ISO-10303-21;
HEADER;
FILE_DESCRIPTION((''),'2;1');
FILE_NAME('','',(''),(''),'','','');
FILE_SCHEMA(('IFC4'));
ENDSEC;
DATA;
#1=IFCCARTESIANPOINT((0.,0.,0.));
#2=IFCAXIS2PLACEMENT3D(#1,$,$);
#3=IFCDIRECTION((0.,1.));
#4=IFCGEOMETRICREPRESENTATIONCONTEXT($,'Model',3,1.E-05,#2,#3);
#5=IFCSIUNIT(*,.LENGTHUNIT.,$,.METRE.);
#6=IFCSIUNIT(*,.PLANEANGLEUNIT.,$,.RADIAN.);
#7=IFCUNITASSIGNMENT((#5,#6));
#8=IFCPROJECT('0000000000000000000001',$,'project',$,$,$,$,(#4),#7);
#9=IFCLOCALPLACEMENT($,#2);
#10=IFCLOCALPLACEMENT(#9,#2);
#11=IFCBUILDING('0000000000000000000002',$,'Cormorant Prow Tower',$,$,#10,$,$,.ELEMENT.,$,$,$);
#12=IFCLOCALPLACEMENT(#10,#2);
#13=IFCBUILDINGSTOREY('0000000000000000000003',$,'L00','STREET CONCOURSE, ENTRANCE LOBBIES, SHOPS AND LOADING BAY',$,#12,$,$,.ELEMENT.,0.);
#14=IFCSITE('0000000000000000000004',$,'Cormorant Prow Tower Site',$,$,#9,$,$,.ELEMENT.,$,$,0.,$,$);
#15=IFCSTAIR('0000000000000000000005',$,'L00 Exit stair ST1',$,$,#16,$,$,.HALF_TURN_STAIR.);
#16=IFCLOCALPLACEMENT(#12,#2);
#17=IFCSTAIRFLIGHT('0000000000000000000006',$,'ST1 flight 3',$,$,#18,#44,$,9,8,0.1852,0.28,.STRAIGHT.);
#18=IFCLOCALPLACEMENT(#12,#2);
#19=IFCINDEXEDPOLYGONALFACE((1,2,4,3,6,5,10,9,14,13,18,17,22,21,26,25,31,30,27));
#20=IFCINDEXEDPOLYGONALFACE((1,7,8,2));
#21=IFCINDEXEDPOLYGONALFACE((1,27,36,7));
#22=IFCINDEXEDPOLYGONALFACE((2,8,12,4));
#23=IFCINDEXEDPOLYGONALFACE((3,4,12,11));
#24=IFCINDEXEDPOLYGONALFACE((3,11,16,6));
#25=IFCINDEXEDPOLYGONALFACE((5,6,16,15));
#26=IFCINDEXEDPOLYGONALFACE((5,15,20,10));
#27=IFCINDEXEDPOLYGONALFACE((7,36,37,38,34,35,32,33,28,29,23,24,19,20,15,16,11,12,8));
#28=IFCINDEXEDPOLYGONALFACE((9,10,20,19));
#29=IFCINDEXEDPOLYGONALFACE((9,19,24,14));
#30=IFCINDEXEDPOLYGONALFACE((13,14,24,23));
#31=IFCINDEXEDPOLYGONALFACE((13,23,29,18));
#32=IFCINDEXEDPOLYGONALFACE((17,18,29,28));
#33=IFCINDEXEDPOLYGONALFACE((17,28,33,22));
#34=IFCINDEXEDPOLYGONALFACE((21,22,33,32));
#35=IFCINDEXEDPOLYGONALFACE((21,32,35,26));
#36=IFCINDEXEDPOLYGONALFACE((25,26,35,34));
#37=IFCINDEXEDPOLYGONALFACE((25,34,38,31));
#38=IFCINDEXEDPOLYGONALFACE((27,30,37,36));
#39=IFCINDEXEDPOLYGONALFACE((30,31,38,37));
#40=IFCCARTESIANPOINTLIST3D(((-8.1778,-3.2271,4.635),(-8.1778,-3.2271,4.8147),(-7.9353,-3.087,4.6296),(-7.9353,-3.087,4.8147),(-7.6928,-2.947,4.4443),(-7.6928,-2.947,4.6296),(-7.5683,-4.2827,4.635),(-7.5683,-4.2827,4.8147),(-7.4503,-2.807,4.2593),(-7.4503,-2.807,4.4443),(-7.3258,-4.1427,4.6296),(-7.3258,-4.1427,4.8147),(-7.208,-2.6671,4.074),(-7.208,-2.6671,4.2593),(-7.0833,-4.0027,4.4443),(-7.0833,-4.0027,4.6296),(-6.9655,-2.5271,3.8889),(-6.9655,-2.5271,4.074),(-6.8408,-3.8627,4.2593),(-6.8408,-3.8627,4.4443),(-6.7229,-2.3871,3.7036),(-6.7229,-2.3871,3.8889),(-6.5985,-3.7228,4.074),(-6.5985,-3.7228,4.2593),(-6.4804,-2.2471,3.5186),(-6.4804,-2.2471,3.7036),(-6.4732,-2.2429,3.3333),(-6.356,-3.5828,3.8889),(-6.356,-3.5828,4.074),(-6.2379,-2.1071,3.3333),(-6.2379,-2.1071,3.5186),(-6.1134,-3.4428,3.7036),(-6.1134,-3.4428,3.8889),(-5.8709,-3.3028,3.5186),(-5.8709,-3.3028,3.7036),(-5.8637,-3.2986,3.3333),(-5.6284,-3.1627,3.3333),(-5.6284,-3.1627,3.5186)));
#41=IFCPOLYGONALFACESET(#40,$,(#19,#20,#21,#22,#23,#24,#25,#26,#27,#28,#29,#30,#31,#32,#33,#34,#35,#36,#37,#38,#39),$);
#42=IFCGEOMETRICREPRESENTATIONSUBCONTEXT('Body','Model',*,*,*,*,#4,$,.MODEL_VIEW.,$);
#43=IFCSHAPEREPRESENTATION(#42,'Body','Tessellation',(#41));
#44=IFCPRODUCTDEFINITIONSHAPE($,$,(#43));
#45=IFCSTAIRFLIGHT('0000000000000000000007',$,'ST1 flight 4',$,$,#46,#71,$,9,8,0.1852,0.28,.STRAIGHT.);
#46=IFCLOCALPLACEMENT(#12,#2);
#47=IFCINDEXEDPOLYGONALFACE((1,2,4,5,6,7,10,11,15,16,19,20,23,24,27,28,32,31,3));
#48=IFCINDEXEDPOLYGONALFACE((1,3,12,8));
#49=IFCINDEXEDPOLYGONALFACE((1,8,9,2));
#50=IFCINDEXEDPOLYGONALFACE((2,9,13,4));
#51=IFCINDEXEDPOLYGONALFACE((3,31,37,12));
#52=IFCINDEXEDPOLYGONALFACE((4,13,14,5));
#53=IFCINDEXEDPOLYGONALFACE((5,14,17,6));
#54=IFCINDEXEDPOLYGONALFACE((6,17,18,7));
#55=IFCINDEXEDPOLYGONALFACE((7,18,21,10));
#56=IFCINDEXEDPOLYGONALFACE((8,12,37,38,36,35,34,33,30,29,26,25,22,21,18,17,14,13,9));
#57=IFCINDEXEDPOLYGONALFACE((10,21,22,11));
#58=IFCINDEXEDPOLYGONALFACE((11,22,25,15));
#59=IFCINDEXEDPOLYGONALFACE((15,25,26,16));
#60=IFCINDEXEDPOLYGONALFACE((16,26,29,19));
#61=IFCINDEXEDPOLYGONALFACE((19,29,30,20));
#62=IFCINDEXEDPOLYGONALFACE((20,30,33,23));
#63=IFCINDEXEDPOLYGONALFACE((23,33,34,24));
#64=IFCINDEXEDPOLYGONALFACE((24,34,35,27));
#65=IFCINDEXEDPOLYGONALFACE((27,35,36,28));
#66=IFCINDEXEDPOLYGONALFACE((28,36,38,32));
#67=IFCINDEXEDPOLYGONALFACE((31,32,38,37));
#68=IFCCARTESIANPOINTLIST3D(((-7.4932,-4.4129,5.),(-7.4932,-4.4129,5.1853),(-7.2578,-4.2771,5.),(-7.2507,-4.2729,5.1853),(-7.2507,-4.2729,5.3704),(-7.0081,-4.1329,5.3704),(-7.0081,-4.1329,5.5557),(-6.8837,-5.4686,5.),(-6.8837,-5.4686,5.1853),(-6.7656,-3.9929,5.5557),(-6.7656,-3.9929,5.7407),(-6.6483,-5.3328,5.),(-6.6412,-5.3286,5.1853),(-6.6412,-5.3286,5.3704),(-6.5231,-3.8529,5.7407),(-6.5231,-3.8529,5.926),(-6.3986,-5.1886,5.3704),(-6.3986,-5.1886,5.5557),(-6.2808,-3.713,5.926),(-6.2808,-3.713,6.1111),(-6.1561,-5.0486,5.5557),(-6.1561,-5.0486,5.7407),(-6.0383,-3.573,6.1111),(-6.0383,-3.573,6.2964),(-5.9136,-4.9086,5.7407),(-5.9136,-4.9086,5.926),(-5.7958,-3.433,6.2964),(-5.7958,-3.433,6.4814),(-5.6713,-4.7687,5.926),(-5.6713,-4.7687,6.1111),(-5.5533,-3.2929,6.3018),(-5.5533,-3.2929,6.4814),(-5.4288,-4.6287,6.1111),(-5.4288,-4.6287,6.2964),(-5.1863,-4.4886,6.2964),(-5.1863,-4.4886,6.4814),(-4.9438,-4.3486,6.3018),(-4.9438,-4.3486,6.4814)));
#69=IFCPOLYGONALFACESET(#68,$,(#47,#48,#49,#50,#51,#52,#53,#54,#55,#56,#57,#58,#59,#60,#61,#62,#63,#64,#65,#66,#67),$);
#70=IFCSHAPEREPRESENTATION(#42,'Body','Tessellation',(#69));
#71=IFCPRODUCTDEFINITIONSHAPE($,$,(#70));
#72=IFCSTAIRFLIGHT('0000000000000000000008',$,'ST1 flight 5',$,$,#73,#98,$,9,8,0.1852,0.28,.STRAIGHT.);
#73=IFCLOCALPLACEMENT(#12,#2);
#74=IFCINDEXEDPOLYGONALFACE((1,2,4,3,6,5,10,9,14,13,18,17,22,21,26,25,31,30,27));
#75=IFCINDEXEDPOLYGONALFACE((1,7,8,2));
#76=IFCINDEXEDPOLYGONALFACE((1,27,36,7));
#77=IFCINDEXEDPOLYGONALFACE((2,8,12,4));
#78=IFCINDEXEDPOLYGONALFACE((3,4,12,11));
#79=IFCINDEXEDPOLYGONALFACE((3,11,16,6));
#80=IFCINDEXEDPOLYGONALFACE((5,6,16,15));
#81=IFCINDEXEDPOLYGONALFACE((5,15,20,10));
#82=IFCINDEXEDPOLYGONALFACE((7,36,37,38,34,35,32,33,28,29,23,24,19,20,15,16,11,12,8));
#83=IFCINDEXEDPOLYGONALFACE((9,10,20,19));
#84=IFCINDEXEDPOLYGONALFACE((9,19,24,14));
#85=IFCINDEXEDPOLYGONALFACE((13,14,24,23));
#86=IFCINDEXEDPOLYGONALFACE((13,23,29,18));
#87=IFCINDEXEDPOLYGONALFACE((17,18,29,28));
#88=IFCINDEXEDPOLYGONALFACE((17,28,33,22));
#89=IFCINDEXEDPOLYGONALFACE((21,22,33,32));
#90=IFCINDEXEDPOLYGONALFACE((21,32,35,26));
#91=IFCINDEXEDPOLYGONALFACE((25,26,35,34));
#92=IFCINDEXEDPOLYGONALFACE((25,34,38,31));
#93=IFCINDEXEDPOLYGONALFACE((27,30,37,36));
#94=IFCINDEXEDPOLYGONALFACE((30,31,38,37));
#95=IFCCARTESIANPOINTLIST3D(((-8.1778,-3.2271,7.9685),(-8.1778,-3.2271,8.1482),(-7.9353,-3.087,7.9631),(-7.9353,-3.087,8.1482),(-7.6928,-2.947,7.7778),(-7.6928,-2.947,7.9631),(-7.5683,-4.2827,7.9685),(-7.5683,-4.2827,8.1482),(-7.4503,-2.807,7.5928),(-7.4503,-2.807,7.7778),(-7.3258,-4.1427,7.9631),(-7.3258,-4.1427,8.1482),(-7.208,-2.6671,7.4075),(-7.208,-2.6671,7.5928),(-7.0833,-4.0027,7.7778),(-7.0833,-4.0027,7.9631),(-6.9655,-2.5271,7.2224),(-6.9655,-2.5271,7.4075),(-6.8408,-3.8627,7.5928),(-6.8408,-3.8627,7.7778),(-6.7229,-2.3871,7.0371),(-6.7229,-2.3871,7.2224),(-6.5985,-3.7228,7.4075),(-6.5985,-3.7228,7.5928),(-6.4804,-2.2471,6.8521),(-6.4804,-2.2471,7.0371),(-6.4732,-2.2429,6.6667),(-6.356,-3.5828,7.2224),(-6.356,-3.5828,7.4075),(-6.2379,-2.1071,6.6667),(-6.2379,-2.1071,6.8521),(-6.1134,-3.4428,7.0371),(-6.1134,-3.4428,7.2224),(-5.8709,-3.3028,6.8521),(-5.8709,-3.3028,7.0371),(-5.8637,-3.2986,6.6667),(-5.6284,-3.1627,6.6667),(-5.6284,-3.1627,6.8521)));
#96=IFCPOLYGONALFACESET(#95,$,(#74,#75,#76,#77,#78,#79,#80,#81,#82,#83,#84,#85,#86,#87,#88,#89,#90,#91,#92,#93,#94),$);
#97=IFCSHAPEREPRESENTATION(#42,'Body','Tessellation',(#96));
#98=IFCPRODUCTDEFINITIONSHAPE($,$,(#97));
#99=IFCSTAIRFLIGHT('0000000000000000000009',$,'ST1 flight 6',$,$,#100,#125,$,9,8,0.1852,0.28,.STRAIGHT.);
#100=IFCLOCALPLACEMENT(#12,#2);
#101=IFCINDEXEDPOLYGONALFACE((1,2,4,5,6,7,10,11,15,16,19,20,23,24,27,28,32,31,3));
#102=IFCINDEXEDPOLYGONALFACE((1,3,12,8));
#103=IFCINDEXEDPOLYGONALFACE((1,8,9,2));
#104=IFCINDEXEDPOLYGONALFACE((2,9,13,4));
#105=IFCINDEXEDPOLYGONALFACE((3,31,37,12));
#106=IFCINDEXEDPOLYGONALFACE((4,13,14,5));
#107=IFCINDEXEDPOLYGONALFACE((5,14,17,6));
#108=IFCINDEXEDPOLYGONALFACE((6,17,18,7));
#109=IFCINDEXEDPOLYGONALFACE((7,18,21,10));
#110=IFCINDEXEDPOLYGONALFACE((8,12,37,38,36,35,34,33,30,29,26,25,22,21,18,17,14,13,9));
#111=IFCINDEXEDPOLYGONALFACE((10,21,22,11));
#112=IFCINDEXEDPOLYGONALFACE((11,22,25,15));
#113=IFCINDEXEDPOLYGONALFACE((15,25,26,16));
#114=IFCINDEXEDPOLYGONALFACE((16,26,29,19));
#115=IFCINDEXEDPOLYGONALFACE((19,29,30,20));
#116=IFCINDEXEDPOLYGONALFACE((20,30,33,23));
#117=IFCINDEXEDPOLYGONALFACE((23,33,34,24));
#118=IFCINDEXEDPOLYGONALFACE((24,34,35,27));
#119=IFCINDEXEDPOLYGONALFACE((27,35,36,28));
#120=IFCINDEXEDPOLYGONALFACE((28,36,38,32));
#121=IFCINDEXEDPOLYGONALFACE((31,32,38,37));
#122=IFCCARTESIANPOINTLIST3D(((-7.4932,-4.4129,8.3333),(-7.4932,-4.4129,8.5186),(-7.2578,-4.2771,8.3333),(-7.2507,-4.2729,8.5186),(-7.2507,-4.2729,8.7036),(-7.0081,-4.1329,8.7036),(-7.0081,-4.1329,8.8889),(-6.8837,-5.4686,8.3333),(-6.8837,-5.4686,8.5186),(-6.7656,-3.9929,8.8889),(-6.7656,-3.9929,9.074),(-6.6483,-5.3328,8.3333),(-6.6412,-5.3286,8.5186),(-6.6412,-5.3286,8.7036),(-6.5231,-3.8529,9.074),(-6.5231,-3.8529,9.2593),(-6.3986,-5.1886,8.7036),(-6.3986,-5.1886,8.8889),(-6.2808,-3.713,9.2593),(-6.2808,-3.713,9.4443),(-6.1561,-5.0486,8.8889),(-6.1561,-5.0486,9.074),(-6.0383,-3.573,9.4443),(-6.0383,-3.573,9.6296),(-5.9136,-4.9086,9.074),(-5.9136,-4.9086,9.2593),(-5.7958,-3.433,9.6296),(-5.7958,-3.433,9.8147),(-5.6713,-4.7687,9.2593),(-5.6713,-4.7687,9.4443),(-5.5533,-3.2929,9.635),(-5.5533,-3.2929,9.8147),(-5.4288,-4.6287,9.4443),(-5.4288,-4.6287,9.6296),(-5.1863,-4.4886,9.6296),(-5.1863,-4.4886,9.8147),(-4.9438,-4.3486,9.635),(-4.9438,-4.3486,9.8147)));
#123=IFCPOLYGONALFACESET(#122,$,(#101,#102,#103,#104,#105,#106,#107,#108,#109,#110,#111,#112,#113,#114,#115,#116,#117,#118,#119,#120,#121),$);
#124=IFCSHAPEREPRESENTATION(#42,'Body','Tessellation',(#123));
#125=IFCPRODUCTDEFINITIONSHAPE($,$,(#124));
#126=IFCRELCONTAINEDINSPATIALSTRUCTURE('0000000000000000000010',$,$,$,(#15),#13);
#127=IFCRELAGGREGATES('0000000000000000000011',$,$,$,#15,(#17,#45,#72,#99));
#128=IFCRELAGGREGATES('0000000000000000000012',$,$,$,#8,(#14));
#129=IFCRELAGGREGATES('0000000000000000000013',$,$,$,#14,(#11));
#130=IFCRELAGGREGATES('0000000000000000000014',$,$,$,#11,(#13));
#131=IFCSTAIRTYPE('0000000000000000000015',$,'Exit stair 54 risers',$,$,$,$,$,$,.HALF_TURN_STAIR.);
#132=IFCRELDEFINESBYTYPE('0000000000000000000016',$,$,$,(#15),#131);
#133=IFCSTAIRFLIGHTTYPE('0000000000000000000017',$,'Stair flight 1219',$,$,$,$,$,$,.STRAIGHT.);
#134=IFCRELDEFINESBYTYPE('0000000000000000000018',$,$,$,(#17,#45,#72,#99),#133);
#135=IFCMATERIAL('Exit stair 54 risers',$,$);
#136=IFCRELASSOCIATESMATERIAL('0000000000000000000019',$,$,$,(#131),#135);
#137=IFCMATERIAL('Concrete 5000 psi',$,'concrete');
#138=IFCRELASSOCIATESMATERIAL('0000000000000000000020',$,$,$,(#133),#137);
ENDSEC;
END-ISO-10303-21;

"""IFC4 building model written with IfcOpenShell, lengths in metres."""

from ifc_helpers import new_model, si_unit, direction, frame, origin, place, context, subcontext, project, spatial, polyline, outline, extrude, material, type_object, element, aggregate, save


model = new_model("IFC4")

# Units and contexts
model_context = context("Model", 3, precision=1e-05, world=origin(), true_north=direction((0.0, 1.0)))
body_context = subcontext(model_context, "Body", "Model", "MODEL_VIEW")
ifc_project = project(units=[si_unit("LENGTHUNIT", "METRE"), si_unit("PLANEANGLEUNIT", "RADIAN")], contexts=[model_context])

# Site, building, storey
site_placement = place(None, origin())
site = spatial("IfcSite", under=ifc_project, at=site_placement, Name="Cormorant Prow Tower Site", CompositionType="ELEMENT", RefElevation=0.0)
building_placement = place(site_placement, origin())
building = spatial("IfcBuilding", under=site, at=building_placement, Name="Cormorant Prow Tower", CompositionType="ELEMENT")
storey_placement = place(building_placement, origin())
storey = spatial("IfcBuildingStorey", under=building, at=storey_placement, Name="L00", Description="STREET CONCOURSE, ENTRANCE LOBBIES, SHOPS AND LOADING BAY", CompositionType="ELEMENT", Elevation=0.0)

# Stair, stair flights
ifc_material_1 = material(Name="Exit stair 54 risers")
stair_type = type_object("IfcStairType", Name="Exit stair 54 risers", PredefinedType="HALF_TURN_STAIR", material=ifc_material_1)
stair_placement = place(storey_placement, origin())
stair = element("IfcStair", 1, at=stair_placement, inside=storey, type_object=stair_type, Name="L00 Exit stair ST1", PredefinedType="HALF_TURN_STAIR")
ifc_material_2 = material(Name="Concrete 5000 psi", Category="concrete")
stair_flight_type = type_object("IfcStairFlightType", Name="Stair flight 1219", PredefinedType="STRAIGHT", material=ifc_material_2)
stair_flight_1_placement = place(storey_placement, frame((-5.9331, -2.635, 3.3333), z_axis=(0.0, 0.0, 1.0), x_axis=(-0.866025, -0.5, 0.0)))
stair_flight_1 = element("IfcStairFlight", 2, at=stair_flight_1_placement, type_object=stair_flight_type, Name="ST1 flight 3", NumberOfRisers=9, NumberOfTreads=8, PredefinedType="STRAIGHT", RiserHeight=0.1852, TreadLength=0.28, context=body_context, shape_type="SweptSolid", body=[
    extrude(outline(polyline([(0.0, 0.0), (0.0, 0.1853), (0.28, 0.1853), (0.28, 0.3704), (0.5601, 0.3704), (0.5601, 0.5557), (0.8401, 0.5557), (0.8401, 0.7407), (1.1201, 0.7407), (1.1201, 0.926), (1.3999, 0.926), (1.3999, 1.1111), (1.6799, 1.1111), (1.6799, 1.2964), (1.96, 1.2964), (1.96, 1.4814), (2.24, 1.4814), (2.24, 1.6667), (2.24, 1.3018), (0.2717, 0.0), (0.0, 0.0)])), frame((0.0, 0.6094, 0.0), z_axis=(0.0, -1.0, 0.0), x_axis=(1.0, 0.0, 0.0)), (0.0, 0.0, 1.0), 1.219),
])
stair_flight_2_placement = place(storey_placement, frame((-7.1885, -4.9407, 5.0), z_axis=(0.0, 0.0, 1.0), x_axis=(0.866025, 0.5, 0.0)))
stair_flight_2 = element("IfcStairFlight", 3, at=stair_flight_2_placement, type_object=stair_flight_type, Name="ST1 flight 4", NumberOfRisers=9, NumberOfTreads=8, PredefinedType="STRAIGHT", RiserHeight=0.1852, TreadLength=0.28, context=body_context, shape_type="SweptSolid", body=[
    extrude(outline(polyline([(0.0, 0.0), (0.0, 0.1853), (0.28, 0.1853), (0.28, 0.3704), (0.5601, 0.3704), (0.5601, 0.5557), (0.8401, 0.5557), (0.8401, 0.7407), (1.1201, 0.7407), (1.1201, 0.926), (1.3999, 0.926), (1.3999, 1.1111), (1.6799, 1.1111), (1.6799, 1.2964), (1.96, 1.2964), (1.96, 1.4814), (2.24, 1.4814), (2.24, 1.6667), (2.24, 1.3018), (0.2717, 0.0), (0.0, 0.0)])), frame((0.0, 0.6094, 0.0), z_axis=(0.0, -1.0, 0.0), x_axis=(1.0, 0.0, 0.0)), (0.0, 0.0, 1.0), 1.219),
])
stair_flight_3_placement = place(storey_placement, frame((-5.9331, -2.635, 6.6667), z_axis=(0.0, 0.0, 1.0), x_axis=(-0.866025, -0.5, 0.0)))
stair_flight_3 = element("IfcStairFlight", 4, at=stair_flight_3_placement, type_object=stair_flight_type, Name="ST1 flight 5", NumberOfRisers=9, NumberOfTreads=8, PredefinedType="STRAIGHT", RiserHeight=0.1852, TreadLength=0.28, context=body_context, shape_type="SweptSolid", body=[
    extrude(outline(polyline([(0.0, 0.0), (0.0, 0.1853), (0.28, 0.1853), (0.28, 0.3704), (0.5601, 0.3704), (0.5601, 0.5557), (0.8401, 0.5557), (0.8401, 0.7407), (1.1201, 0.7407), (1.1201, 0.926), (1.3999, 0.926), (1.3999, 1.1111), (1.6799, 1.1111), (1.6799, 1.2964), (1.96, 1.2964), (1.96, 1.4814), (2.24, 1.4814), (2.24, 1.6667), (2.24, 1.3018), (0.2717, 0.0), (0.0, 0.0)])), frame((0.0, 0.6094, 0.0), z_axis=(0.0, -1.0, 0.0), x_axis=(1.0, 0.0, 0.0)), (0.0, 0.0, 1.0), 1.219),
])
stair_flight_4_placement = place(storey_placement, frame((-7.1885, -4.9407, 8.3333), z_axis=(0.0, 0.0, 1.0), x_axis=(0.866025, 0.5, 0.0)))
stair_flight_4 = element("IfcStairFlight", 5, at=stair_flight_4_placement, type_object=stair_flight_type, Name="ST1 flight 6", NumberOfRisers=9, NumberOfTreads=8, PredefinedType="STRAIGHT", RiserHeight=0.1852, TreadLength=0.28, context=body_context, shape_type="SweptSolid", body=[
    extrude(outline(polyline([(0.0, 0.0), (0.0, 0.1853), (0.28, 0.1853), (0.28, 0.3704), (0.5601, 0.3704), (0.5601, 0.5557), (0.8401, 0.5557), (0.8401, 0.7407), (1.1201, 0.7407), (1.1201, 0.926), (1.3999, 0.926), (1.3999, 1.1111), (1.6799, 1.1111), (1.6799, 1.2964), (1.96, 1.2964), (1.96, 1.4814), (2.24, 1.4814), (2.24, 1.6667), (2.24, 1.3018), (0.2717, 0.0), (0.0, 0.0)])), frame((0.0, 0.6094, 0.0), z_axis=(0.0, -1.0, 0.0), x_axis=(1.0, 0.0, 0.0)), (0.0, 0.0, 1.0), 1.219),
])
aggregate(stair, [stair_flight_1, stair_flight_2, stair_flight_3, stair_flight_4])

save(model, "model.ifc")
